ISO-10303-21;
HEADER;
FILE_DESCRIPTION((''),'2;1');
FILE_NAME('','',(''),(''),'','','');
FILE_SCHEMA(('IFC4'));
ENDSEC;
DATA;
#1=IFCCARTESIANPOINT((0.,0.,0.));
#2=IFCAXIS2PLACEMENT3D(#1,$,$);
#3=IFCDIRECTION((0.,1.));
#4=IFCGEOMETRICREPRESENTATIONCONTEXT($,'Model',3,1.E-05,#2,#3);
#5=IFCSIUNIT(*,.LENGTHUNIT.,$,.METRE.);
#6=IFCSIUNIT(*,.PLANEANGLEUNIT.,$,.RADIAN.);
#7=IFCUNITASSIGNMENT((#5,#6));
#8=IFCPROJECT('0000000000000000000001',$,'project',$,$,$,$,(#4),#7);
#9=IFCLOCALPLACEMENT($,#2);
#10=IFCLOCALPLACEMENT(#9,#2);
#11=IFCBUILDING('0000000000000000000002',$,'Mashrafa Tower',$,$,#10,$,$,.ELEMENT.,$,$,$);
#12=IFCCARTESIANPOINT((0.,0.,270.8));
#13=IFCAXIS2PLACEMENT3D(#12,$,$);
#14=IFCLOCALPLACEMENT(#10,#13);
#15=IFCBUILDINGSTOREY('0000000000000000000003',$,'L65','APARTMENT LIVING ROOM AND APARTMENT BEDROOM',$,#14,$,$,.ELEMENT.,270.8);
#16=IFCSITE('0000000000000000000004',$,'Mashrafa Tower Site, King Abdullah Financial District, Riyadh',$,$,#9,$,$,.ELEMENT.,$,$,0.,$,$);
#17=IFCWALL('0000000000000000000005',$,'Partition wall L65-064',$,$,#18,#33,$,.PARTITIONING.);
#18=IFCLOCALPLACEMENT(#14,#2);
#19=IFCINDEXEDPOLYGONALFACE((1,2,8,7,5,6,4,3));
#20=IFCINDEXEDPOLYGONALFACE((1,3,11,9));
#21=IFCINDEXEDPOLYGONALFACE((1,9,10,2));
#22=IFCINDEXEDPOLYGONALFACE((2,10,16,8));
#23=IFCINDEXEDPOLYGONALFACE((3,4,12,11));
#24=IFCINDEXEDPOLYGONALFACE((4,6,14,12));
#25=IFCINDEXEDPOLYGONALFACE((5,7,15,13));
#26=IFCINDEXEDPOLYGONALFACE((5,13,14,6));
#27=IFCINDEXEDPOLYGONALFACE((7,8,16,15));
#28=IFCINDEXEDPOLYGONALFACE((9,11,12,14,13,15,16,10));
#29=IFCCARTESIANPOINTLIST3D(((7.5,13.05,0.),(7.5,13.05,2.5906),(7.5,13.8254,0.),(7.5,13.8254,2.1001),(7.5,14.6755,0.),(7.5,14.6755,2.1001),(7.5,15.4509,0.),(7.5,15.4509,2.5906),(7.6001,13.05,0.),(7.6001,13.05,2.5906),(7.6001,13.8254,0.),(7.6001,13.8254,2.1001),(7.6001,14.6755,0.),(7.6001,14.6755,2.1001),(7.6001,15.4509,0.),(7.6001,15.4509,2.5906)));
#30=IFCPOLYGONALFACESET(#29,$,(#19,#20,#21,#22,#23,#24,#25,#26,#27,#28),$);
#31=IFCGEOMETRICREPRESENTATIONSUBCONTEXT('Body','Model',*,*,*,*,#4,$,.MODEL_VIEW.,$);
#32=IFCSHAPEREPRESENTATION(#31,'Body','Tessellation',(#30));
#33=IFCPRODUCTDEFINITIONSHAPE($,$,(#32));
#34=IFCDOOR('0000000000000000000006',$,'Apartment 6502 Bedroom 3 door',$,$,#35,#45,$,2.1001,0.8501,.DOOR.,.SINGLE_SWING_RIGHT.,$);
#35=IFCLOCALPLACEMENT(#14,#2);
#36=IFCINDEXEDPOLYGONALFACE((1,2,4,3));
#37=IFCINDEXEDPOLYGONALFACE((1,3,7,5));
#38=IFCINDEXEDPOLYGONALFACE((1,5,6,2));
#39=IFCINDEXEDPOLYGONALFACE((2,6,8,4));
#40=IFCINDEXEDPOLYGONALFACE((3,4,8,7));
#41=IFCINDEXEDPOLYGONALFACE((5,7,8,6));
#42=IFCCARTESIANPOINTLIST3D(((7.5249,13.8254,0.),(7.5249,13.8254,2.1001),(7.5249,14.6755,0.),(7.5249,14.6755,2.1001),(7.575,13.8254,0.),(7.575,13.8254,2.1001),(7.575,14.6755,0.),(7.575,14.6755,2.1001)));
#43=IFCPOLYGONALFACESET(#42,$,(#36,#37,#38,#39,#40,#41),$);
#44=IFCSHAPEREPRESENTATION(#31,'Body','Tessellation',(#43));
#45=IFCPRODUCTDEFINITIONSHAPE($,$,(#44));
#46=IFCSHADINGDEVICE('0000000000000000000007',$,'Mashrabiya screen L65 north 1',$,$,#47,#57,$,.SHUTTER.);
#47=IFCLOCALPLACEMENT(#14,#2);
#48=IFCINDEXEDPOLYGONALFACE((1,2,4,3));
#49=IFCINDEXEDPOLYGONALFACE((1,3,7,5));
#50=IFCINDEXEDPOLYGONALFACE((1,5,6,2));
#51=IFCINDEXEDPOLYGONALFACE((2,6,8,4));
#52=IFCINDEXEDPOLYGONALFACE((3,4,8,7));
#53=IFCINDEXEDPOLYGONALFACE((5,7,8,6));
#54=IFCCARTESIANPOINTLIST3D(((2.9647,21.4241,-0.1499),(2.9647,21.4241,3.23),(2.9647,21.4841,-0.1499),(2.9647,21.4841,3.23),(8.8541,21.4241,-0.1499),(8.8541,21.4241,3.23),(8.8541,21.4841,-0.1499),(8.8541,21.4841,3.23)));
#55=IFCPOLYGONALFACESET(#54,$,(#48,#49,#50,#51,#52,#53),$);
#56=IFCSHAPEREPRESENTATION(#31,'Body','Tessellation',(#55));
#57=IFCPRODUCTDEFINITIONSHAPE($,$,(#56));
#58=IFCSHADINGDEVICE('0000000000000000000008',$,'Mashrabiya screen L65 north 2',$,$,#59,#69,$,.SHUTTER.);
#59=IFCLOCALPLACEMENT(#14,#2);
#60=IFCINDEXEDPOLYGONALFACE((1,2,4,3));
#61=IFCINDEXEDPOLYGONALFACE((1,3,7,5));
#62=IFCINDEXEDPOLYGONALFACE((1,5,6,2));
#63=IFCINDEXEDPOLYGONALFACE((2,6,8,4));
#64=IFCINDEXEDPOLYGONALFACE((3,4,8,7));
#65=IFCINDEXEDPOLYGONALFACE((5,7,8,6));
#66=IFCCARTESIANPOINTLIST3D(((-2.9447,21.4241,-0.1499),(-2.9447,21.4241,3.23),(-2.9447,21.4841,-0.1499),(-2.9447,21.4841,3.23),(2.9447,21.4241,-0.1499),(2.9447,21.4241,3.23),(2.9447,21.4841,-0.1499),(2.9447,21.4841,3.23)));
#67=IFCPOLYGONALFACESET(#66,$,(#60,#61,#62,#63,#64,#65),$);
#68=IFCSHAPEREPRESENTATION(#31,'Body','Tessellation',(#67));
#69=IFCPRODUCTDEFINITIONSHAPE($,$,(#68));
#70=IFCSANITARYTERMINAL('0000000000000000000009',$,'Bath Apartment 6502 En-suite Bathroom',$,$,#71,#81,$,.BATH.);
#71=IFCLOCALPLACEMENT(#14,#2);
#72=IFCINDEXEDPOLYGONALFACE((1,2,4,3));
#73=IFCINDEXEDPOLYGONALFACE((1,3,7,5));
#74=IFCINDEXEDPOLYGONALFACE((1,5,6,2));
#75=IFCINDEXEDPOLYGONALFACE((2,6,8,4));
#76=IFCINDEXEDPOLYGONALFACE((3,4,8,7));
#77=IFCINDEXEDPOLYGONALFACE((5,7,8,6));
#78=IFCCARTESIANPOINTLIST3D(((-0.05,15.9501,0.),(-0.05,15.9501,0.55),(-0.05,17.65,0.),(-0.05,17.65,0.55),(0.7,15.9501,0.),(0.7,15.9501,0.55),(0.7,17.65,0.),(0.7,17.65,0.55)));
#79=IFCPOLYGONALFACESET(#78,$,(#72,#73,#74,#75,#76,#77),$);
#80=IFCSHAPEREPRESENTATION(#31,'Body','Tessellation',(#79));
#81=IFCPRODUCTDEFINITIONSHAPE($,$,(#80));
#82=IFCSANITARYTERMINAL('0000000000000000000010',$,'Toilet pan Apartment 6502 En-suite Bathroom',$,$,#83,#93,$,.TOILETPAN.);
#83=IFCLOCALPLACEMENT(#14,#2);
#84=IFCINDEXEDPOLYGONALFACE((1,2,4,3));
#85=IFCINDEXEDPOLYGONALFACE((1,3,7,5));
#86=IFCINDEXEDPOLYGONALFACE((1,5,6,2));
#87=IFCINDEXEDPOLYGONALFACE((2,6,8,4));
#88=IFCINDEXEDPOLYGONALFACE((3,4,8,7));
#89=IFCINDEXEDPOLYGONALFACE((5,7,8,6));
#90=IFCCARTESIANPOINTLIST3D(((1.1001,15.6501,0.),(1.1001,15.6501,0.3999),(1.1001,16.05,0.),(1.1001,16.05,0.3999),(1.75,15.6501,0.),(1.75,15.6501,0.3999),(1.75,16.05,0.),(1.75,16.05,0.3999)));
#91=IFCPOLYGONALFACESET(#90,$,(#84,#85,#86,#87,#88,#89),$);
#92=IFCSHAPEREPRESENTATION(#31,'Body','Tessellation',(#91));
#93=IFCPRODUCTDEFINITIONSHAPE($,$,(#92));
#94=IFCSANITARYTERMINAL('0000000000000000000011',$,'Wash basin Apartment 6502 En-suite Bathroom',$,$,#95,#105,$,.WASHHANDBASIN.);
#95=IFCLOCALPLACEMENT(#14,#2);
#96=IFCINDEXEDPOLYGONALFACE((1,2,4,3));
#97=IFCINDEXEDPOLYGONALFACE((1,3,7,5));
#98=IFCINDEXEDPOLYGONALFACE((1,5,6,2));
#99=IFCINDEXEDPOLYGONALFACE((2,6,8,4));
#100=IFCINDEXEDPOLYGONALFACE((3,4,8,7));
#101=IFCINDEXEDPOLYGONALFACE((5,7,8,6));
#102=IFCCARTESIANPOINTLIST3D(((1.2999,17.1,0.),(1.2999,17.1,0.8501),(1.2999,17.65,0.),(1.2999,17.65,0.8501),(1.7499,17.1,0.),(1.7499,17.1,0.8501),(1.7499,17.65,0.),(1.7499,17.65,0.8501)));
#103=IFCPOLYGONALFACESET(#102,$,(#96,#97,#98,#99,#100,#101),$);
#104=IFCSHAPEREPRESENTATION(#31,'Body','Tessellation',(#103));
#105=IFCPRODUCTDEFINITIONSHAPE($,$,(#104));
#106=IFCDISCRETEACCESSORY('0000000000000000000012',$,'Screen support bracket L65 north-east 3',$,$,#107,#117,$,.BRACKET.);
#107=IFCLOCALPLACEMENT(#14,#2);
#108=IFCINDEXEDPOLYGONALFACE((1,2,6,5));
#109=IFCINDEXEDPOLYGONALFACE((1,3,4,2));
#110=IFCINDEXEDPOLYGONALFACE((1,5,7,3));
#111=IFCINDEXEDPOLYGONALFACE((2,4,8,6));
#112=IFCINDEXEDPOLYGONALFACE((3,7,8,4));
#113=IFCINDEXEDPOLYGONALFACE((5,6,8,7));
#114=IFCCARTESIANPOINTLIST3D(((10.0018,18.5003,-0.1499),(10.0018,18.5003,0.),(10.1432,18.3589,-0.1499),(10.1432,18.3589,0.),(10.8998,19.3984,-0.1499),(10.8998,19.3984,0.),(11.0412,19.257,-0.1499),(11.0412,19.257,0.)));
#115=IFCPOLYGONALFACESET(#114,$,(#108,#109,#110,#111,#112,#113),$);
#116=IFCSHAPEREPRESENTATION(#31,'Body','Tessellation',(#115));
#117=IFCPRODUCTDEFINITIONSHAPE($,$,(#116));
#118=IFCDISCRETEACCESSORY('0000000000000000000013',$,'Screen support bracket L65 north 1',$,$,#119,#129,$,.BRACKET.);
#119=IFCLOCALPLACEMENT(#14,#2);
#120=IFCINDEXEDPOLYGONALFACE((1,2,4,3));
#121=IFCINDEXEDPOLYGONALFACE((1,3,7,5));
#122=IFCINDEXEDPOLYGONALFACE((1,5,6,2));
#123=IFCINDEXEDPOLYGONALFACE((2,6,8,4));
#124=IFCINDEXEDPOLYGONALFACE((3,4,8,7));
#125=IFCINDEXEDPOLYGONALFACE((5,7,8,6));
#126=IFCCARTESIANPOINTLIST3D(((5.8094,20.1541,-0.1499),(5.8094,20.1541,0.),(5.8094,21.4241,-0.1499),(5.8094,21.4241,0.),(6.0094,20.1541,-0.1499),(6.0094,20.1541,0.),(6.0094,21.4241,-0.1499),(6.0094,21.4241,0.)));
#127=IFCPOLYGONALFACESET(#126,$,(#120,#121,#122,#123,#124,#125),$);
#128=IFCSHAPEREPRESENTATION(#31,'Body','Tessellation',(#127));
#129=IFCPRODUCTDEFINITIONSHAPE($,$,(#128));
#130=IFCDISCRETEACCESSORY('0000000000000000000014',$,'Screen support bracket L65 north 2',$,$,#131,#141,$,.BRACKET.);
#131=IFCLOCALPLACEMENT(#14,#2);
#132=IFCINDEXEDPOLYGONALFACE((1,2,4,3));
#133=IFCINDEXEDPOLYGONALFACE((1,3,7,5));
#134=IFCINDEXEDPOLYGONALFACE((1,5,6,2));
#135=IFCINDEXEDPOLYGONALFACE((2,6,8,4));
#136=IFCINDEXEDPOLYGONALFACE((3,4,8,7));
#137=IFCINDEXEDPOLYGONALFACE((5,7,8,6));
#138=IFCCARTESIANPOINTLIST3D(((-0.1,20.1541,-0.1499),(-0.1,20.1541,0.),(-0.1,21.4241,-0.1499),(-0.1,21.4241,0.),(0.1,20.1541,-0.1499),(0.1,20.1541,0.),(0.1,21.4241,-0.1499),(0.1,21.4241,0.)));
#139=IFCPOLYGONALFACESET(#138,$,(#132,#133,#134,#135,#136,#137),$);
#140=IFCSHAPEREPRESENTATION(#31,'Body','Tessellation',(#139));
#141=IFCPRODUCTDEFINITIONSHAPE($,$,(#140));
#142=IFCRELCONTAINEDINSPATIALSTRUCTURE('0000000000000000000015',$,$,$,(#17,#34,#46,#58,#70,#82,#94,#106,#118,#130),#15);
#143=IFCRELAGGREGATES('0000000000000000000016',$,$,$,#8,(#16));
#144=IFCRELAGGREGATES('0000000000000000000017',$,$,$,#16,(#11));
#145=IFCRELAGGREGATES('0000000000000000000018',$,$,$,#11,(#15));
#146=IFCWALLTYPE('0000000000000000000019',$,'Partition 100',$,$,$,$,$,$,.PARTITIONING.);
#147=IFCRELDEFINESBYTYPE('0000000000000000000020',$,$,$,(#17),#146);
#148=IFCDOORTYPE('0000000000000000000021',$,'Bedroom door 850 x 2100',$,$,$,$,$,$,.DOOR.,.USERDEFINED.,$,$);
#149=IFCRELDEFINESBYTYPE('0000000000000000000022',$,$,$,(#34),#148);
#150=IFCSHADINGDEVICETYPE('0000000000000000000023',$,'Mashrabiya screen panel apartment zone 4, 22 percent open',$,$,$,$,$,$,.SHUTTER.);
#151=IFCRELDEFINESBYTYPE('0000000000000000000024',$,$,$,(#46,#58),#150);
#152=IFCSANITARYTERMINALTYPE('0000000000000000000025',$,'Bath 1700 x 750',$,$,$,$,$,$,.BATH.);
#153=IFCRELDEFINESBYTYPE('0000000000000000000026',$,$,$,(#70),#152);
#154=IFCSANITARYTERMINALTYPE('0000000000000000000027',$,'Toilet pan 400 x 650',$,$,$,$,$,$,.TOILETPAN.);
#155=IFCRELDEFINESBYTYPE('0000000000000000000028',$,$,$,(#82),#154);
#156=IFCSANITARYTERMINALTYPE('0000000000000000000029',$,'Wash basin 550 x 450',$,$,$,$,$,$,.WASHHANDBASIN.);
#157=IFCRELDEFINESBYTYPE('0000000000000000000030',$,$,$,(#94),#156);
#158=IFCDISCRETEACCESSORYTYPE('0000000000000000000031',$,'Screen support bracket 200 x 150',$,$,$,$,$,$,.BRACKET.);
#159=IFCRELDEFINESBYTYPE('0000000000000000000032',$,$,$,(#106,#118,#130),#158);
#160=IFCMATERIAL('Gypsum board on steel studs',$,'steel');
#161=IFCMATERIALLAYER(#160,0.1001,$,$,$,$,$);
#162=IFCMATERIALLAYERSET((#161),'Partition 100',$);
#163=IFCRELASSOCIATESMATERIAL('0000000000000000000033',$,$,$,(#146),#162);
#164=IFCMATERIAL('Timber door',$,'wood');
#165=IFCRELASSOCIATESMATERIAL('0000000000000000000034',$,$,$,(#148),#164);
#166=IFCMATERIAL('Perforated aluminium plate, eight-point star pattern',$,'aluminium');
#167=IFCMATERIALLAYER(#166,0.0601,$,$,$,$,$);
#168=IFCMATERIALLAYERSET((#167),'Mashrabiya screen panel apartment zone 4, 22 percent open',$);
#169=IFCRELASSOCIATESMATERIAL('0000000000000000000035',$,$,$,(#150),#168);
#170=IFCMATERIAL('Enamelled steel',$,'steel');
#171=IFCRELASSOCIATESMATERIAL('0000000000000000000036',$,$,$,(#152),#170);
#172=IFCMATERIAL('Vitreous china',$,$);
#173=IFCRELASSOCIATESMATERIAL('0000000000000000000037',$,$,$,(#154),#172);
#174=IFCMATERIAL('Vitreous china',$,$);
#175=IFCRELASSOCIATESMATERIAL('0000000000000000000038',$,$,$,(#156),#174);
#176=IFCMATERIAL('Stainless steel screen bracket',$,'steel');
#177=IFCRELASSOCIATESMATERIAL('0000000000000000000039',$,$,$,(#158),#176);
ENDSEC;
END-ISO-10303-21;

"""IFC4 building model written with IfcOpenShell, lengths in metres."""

from ifc_helpers import new_model, si_unit, direction, frame, frame_2d, origin, origin_2d, place, context, subcontext, project, spatial, rectangle, extrude, source, transform, mapped, material, layer, layer_set, type_object, type_shapes, element, fill, save


model = new_model("IFC4")

# Units and contexts
model_context = context("Model", 3, precision=1e-05, world=origin(), true_north=direction((0.0, 1.0)))
body_context = subcontext(model_context, "Body", "Model", "MODEL_VIEW")
ifc_project = project(units=[si_unit("LENGTHUNIT", "METRE"), si_unit("PLANEANGLEUNIT", "RADIAN")], contexts=[model_context])

# Site, building, storey
site_placement = place(None, origin())
site = spatial("IfcSite", under=ifc_project, at=site_placement, Name="Mashrafa Tower Site, King Abdullah Financial District, Riyadh", CompositionType="ELEMENT", RefElevation=0.0)
building_placement = place(site_placement, origin())
building = spatial("IfcBuilding", under=site, at=building_placement, Name="Mashrafa Tower", CompositionType="ELEMENT")
storey_placement = place(building_placement, frame((0.0, 0.0, 270.8)))
storey = spatial("IfcBuildingStorey", under=building, at=storey_placement, Name="L65", Description="APARTMENT LIVING ROOM AND APARTMENT BEDROOM", CompositionType="ELEMENT", Elevation=270.8)

# Shared definitions
ifc_material_1 = material(Name="Gypsum board on steel studs", Category="steel")
ifc_layer_1 = layer(ifc_material_1, 0.1001)
ifc_layer_set_1 = layer_set([ifc_layer_1], Name="Partition 100")
wall_type = type_object("IfcWallType", Name="Partition 100", PredefinedType="PARTITIONING", material=ifc_layer_set_1)

# Wall, opening, door
wall_1_placement = place(storey_placement, frame((7.55, 15.4509, 0.0), z_axis=(0.0, 0.0, 1.0), x_axis=(0.0, -1.0, 0.0)))
wall_1 = element("IfcWall", 1, at=wall_1_placement, inside=storey, type_object=wall_type, Name="Partition wall L65-064", PredefinedType="PARTITIONING", context=body_context, shape_type="SweptSolid", body=[
    extrude(rectangle(XDim=2.4009, YDim=0.1001, at=frame_2d((1.2004, 0.0))), origin(), (0.0, 0.0, 1.0), 2.5906),
])
opening_placement = place(wall_1_placement, frame((0.7754, 0.0, 0.0)))
opening = element("IfcOpeningElement", 2, at=opening_placement, cuts=wall_1, PredefinedType="OPENING", context=body_context, shape_type="SweptSolid", body=[
    extrude(rectangle(XDim=0.8501, YDim=2.1001, at=frame_2d((0.425, 1.05))), frame((0.0, 0.0601, 0.0), z_axis=(0.0, -1.0, 0.0), x_axis=(1.0, 0.0, 0.0)), (0.0, 0.0, 1.0), 0.1201),
])
ifc_material_2 = material(Name="Timber door", Category="wood")
door_type = type_object("IfcDoorType", Name="Bedroom door 850 x 2100", OperationType="USERDEFINED", PredefinedType="DOOR", material=ifc_material_2)
door_placement = place(opening_placement, origin())
door = element("IfcDoor", 3, at=door_placement, inside=storey, type_object=door_type, Name="Apartment 6502 Bedroom 3 door", OperationType="SINGLE_SWING_RIGHT", OverallHeight=2.1001, OverallWidth=0.8501, PredefinedType="DOOR", context=body_context, shape_type="SweptSolid", body=[
    extrude(rectangle(XDim=0.8501, YDim=2.1001, at=frame_2d((0.425, 1.05))), frame((0.0, 0.0249, 0.0), z_axis=(0.0, -1.0, 0.0), x_axis=(1.0, 0.0, 0.0)), (0.0, 0.0, 1.0), 0.05),
])
fill(opening, door)

# Shading devices
ifc_material_3 = material(Name="Perforated aluminium plate, eight-point star pattern", Category="aluminium")
ifc_layer_2 = layer(ifc_material_3, 0.0601)
ifc_layer_set_2 = layer_set([ifc_layer_2], Name="Mashrabiya screen panel apartment zone 4, 22 percent open")
shading_device_type = type_object("IfcShadingDeviceType", Name="Mashrabiya screen panel apartment zone 4, 22 percent open", PredefinedType="SHUTTER", material=ifc_layer_set_2)
shared_shape_1 = source(origin(), body_context, "Body", "SweptSolid", [
    extrude(rectangle(XDim=5.8894, YDim=0.0601, at=origin_2d()), origin(), (0.0, 0.0, 1.0), 3.3799),
])
type_shapes(shading_device_type, [shared_shape_1])
for number, where, z_axis, x_axis, name in (
    (4, (5.9094, 21.4541, -0.1499), (0.0, 0.0, 1.0), (-1.0, 0.0, 0.0), "Mashrabiya screen L65 north 1"),
    (5, (0.0, 21.4541, -0.1499), (0.0, 0.0, 1.0), (-1.0, 0.0, 0.0), "Mashrabiya screen L65 north 2"),
):
    element("IfcShadingDevice", number, at=place(storey_placement, frame(where, z_axis=z_axis, x_axis=x_axis)), inside=storey, type_object=shading_device_type, Name=name, PredefinedType="SHUTTER", context=body_context, shape_type="MappedRepresentation", body=[
        mapped(shared_shape_1, transform((0.0, 0.0, 0.0))),
    ])

# Sanitary terminals
ifc_material_4 = material(Name="Enamelled steel", Category="steel")
sanitary_terminal_type_1 = type_object("IfcSanitaryTerminalType", Name="Bath 1700 x 750", PredefinedType="BATH", material=ifc_material_4)
sanitary_terminal_1_placement = place(storey_placement, frame((0.325, 16.8, 0.0), z_axis=(0.0, 0.0, 1.0), x_axis=(0.0, -1.0, 0.0)))
element("IfcSanitaryTerminal", 6, at=sanitary_terminal_1_placement, inside=storey, type_object=sanitary_terminal_type_1, Name="Bath Apartment 6502 En-suite Bathroom", PredefinedType="BATH", context=body_context, shape_type="SweptSolid", body=[
    extrude(rectangle(XDim=1.7, YDim=0.75, at=origin_2d()), origin(), (0.0, 0.0, 1.0), 0.55),
])
ifc_material_5 = material(Name="Vitreous china")
sanitary_terminal_type_2 = type_object("IfcSanitaryTerminalType", Name="Toilet pan 400 x 650", PredefinedType="TOILETPAN", material=ifc_material_5)
sanitary_terminal_2_placement = place(storey_placement, frame((1.425, 15.8501, 0.0), z_axis=(0.0, 0.0, 1.0), x_axis=(0.0, 1.0, 0.0)))
element("IfcSanitaryTerminal", 7, at=sanitary_terminal_2_placement, inside=storey, type_object=sanitary_terminal_type_2, Name="Toilet pan Apartment 6502 En-suite Bathroom", PredefinedType="TOILETPAN", context=body_context, shape_type="SweptSolid", body=[
    extrude(rectangle(XDim=0.3999, YDim=0.6499, at=origin_2d()), origin(), (0.0, 0.0, 1.0), 0.3999),
])
ifc_material_6 = material(Name="Vitreous china")
sanitary_terminal_type_3 = type_object("IfcSanitaryTerminalType", Name="Wash basin 550 x 450", PredefinedType="WASHHANDBASIN", material=ifc_material_6)
sanitary_terminal_3_placement = place(storey_placement, frame((1.5249, 17.375, 0.0), z_axis=(0.0, 0.0, 1.0), x_axis=(0.0, 1.0, 0.0)))
element("IfcSanitaryTerminal", 8, at=sanitary_terminal_3_placement, inside=storey, type_object=sanitary_terminal_type_3, Name="Wash basin Apartment 6502 En-suite Bathroom", PredefinedType="WASHHANDBASIN", context=body_context, shape_type="SweptSolid", body=[
    extrude(rectangle(XDim=0.55, YDim=0.45, at=origin_2d()), origin(), (0.0, 0.0, 1.0), 0.8501),
])

# Discrete accessories
ifc_material_7 = material(Name="Stainless steel screen bracket", Category="steel")
discrete_accessory_type = type_object("IfcDiscreteAccessoryType", Name="Screen support bracket 200 x 150", PredefinedType="BRACKET", material=ifc_material_7)
shared_shape_2 = source(origin(), body_context, "Body", "SweptSolid", [
    extrude(rectangle(XDim=0.2, YDim=1.27, at=origin_2d()), origin(), (0.0, 0.0, 1.0), 0.1499),
])
type_shapes(discrete_accessory_type, [shared_shape_2])
for number, where, z_axis, x_axis, name in (
    (9, (10.5215, 18.8787, -0.1499), (0.0, 0.0, 1.0), (-0.707107, 0.707107, 0.0), "Screen support bracket L65 north-east 3"),
    (10, (5.9094, 20.7891, -0.1499), (0.0, 0.0, 1.0), (-1.0, 0.0, 0.0), "Screen support bracket L65 north 1"),
    (11, (0.0, 20.7891, -0.1499), (0.0, 0.0, 1.0), (-1.0, 0.0, 0.0), "Screen support bracket L65 north 2"),
):
    element("IfcDiscreteAccessory", number, at=place(storey_placement, frame(where, z_axis=z_axis, x_axis=x_axis)), inside=storey, type_object=discrete_accessory_type, Name=name, PredefinedType="BRACKET", context=body_context, shape_type="MappedRepresentation", body=[
        mapped(shared_shape_2, transform((0.0, 0.0, 0.0))),
    ])

save(model, "model.ifc")
